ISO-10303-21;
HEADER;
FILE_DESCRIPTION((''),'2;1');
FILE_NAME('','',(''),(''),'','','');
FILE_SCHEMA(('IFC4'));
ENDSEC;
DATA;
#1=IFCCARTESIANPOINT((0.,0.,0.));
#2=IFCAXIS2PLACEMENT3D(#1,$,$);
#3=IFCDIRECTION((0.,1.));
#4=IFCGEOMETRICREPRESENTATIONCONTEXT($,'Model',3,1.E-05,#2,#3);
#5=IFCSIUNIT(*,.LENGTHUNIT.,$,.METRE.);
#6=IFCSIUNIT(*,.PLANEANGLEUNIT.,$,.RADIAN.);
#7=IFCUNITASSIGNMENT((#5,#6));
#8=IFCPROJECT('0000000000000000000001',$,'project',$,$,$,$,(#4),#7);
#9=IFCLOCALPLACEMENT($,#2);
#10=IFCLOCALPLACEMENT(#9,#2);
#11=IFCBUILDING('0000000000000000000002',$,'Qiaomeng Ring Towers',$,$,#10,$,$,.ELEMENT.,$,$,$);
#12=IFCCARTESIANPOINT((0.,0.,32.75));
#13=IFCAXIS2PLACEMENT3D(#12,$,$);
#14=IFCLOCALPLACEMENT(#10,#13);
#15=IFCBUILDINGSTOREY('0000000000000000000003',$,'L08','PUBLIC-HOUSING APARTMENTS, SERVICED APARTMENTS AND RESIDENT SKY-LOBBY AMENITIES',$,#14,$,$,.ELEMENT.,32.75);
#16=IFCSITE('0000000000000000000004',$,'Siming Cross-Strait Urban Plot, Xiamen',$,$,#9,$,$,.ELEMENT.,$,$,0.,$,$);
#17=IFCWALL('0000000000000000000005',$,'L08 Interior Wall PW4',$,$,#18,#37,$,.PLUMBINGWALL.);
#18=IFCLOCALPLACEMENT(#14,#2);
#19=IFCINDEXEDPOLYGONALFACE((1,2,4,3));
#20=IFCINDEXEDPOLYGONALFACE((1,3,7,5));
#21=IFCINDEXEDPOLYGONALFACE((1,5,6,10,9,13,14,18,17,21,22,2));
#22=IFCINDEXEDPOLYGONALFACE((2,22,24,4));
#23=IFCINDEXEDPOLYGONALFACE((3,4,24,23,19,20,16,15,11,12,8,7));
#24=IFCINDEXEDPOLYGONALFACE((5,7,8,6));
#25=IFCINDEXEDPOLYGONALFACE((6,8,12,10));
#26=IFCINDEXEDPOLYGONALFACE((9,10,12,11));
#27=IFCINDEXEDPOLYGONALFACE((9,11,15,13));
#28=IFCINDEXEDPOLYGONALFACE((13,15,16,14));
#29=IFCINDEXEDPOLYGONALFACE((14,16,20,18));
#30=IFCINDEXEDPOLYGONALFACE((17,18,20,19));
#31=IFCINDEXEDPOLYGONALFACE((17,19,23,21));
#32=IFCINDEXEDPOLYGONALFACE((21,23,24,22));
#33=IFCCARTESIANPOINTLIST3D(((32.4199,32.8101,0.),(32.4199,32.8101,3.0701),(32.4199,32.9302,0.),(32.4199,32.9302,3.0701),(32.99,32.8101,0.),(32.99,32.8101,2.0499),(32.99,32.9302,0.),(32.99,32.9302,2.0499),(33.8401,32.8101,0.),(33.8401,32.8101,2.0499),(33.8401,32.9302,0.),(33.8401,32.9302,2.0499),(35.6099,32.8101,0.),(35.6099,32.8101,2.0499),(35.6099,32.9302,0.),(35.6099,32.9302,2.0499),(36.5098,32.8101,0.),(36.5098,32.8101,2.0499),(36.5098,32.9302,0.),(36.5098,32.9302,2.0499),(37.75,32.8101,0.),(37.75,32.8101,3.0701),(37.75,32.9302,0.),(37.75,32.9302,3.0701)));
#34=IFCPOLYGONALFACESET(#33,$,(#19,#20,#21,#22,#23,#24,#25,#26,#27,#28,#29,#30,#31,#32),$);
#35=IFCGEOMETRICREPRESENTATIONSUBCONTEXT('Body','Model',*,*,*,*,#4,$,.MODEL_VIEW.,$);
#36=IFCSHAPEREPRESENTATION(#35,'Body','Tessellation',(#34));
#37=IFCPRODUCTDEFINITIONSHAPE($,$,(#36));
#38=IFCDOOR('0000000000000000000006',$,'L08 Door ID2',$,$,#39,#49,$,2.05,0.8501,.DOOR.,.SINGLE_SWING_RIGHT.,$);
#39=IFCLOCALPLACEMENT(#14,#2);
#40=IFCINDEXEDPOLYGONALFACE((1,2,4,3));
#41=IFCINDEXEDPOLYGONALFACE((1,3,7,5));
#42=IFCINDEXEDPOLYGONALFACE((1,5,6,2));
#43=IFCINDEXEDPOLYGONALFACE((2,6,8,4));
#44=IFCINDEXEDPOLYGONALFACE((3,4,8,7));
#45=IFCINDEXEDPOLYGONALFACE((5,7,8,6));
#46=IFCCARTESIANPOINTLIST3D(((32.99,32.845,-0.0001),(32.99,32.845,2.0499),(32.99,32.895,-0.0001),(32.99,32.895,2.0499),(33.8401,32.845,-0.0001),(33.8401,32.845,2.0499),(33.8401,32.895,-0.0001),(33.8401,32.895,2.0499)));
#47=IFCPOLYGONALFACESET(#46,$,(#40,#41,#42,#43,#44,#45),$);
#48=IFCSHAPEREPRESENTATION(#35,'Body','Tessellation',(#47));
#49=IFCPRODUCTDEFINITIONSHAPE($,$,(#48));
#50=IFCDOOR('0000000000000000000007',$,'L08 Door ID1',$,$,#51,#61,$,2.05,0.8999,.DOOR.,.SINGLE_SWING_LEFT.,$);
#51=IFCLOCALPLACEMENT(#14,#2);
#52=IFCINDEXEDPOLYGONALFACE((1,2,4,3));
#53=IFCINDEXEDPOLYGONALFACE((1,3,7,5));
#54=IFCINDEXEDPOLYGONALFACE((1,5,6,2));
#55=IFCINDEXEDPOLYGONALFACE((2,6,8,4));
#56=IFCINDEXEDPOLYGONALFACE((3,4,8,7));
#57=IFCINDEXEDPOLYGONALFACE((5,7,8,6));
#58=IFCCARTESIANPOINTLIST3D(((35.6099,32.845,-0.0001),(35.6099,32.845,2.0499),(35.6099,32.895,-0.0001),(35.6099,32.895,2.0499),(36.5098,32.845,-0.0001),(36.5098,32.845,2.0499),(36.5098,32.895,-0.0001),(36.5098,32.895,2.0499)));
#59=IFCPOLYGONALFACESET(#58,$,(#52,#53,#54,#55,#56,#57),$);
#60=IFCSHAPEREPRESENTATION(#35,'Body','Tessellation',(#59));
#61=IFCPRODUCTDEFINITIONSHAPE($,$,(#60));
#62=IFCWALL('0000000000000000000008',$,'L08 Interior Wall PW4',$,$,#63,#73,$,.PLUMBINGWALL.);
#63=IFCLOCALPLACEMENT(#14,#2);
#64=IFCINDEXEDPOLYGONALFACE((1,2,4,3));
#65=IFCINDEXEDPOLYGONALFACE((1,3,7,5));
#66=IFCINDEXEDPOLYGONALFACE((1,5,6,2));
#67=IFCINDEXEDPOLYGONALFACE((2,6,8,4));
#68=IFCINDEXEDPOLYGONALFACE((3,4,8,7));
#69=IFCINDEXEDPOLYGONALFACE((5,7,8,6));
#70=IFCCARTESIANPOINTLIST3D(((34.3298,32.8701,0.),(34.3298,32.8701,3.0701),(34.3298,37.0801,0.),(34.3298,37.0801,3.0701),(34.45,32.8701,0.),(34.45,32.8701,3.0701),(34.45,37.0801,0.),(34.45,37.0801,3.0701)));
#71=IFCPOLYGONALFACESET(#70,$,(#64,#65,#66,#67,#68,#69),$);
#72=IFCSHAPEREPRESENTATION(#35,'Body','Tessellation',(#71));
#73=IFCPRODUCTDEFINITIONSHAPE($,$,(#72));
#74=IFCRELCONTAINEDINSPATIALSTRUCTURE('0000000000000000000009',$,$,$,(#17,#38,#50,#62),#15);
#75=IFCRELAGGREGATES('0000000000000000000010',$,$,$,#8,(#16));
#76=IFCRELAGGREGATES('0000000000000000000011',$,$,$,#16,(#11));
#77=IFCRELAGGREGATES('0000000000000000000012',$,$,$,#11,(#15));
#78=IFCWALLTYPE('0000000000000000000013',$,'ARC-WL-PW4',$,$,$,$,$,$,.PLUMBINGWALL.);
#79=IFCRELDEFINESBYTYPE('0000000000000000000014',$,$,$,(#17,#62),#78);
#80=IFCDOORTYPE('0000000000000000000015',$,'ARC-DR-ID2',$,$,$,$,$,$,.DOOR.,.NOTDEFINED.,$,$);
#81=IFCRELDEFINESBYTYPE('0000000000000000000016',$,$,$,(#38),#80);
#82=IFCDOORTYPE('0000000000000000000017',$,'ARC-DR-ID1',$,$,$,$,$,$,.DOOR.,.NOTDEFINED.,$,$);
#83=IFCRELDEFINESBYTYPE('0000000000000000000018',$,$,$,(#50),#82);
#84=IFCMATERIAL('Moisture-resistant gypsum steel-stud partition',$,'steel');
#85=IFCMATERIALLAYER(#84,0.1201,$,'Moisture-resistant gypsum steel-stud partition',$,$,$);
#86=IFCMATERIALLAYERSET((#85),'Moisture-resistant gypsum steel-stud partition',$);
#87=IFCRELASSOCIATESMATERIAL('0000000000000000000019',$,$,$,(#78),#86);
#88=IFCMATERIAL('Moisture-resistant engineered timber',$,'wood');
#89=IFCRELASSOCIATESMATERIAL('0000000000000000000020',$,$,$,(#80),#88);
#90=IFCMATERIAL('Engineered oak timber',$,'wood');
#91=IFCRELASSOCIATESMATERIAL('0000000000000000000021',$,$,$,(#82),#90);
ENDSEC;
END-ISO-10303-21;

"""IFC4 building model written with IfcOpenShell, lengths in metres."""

from ifc_helpers import new_model, si_unit, direction, frame, frame_2d, origin, place, context, subcontext, project, spatial, rectangle, extrude, source, transform, mapped, material, layer, layer_set, type_object, element, fill, save


model = new_model("IFC4")

# Units and contexts
model_context = context("Model", 3, precision=1e-05, world=origin(), true_north=direction((0.0, 1.0)))
body_context = subcontext(model_context, "Body", "Model", "MODEL_VIEW")
ifc_project = project(units=[si_unit("LENGTHUNIT", "METRE"), si_unit("PLANEANGLEUNIT", "RADIAN")], contexts=[model_context])

# Site, building, storey
site_placement = place(None, origin())
site = spatial("IfcSite", under=ifc_project, at=site_placement, Name="Siming Cross-Strait Urban Plot, Xiamen", CompositionType="ELEMENT", RefElevation=0.0)
building_placement = place(site_placement, origin())
building = spatial("IfcBuilding", under=site, at=building_placement, Name="Qiaomeng Ring Towers", CompositionType="ELEMENT")
storey_placement = place(building_placement, frame((0.0, 0.0, 32.75)))
storey = spatial("IfcBuildingStorey", under=building, at=storey_placement, Name="L08", Description="PUBLIC-HOUSING APARTMENTS, SERVICED APARTMENTS AND RESIDENT SKY-LOBBY AMENITIES", CompositionType="ELEMENT", Elevation=32.75)

# Wall, openings, doors
ifc_material_1 = material(Name="Moisture-resistant gypsum steel-stud partition", Category="steel")
ifc_layer_1 = layer(ifc_material_1, 0.1201, Name="Moisture-resistant gypsum steel-stud partition")
ifc_layer_set_1 = layer_set([ifc_layer_1], Name="Moisture-resistant gypsum steel-stud partition")
wall_type_1 = type_object("IfcWallType", Name="ARC-WL-PW4", PredefinedType="PLUMBINGWALL", material=ifc_layer_set_1)
wall_1_placement = place(storey_placement, frame((32.4199, 32.8701, 0.0), z_axis=(0.0, 0.0, 1.0), x_axis=(1.0, 0.0, 0.0)))
wall_1 = element("IfcWall", 1, at=wall_1_placement, inside=storey, type_object=wall_type_1, Name="L08 Interior Wall PW4", PredefinedType="PLUMBINGWALL", context=body_context, shape_type="SweptSolid", body=[
    extrude(rectangle(XDim=5.3301, YDim=0.1201, at=frame_2d((2.665, 0.0))), origin(), (0.0, 0.0, 1.0), 3.0701),
])
opening_1_placement = place(wall_1_placement, frame((0.5701, 0.0, 0.0)))
opening_1 = element("IfcOpeningElement", 2, at=opening_1_placement, cuts=wall_1, PredefinedType="OPENING", context=body_context, shape_type="SweptSolid", body=[
    extrude(rectangle(XDim=0.8501, YDim=2.05, at=frame_2d((0.425, 1.0249))), frame((0.0, 0.0701, 0.0), z_axis=(0.0, -1.0, 0.0), x_axis=(1.0, 0.0, 0.0)), (0.0, 0.0, 1.0), 0.1401),
])
opening_2_placement = place(wall_1_placement, frame((3.1899, 0.0, 0.0)))
opening_2 = element("IfcOpeningElement", 3, at=opening_2_placement, cuts=wall_1, PredefinedType="OPENING", context=body_context, shape_type="SweptSolid", body=[
    extrude(rectangle(XDim=0.8999, YDim=2.05, at=frame_2d((0.45, 1.0249))), frame((0.0, 0.0701, 0.0), z_axis=(0.0, -1.0, 0.0), x_axis=(1.0, 0.0, 0.0)), (0.0, 0.0, 1.0), 0.1401),
])
ifc_material_2 = material(Name="Moisture-resistant engineered timber", Category="wood")
door_type_1 = type_object("IfcDoorType", Name="ARC-DR-ID2", OperationType="NOTDEFINED", PredefinedType="DOOR", material=ifc_material_2)
shared_shape_1 = source(origin(), body_context, "Body", "SweptSolid", [
    extrude(rectangle(XDim=0.8501, YDim=2.05, at=frame_2d((0.425, 1.0249))), frame((0.0, 0.0249, 0.0), z_axis=(0.0, -1.0, 0.0), x_axis=(1.0, 0.0, 0.0)), (0.0, 0.0, 1.0), 0.05),
])
door_1_placement = place(opening_1_placement, origin())
door_1 = element("IfcDoor", 4, at=door_1_placement, inside=storey, type_object=door_type_1, Name="L08 Door ID2", OperationType="SINGLE_SWING_RIGHT", OverallHeight=2.05, OverallWidth=0.8501, PredefinedType="DOOR", context=body_context, shape_type="MappedRepresentation", body=[
    mapped(shared_shape_1, transform((0.0, 0.0, 0.0), x_axis=(1.0, 0.0, 0.0), y_axis=(0.0, 1.0, 0.0), z_axis=(0.0, 0.0, 1.0), scale=1.0)),
])
fill(opening_1, door_1)
ifc_material_3 = material(Name="Engineered oak timber", Category="wood")
door_type_2 = type_object("IfcDoorType", Name="ARC-DR-ID1", OperationType="NOTDEFINED", PredefinedType="DOOR", material=ifc_material_3)
shared_shape_2 = source(origin(), body_context, "Body", "SweptSolid", [
    extrude(rectangle(XDim=0.8999, YDim=2.05, at=frame_2d((0.45, 1.0249))), frame((0.0, 0.0249, 0.0), z_axis=(0.0, -1.0, 0.0), x_axis=(1.0, 0.0, 0.0)), (0.0, 0.0, 1.0), 0.05),
])
door_2_placement = place(opening_2_placement, origin())
door_2 = element("IfcDoor", 5, at=door_2_placement, inside=storey, type_object=door_type_2, Name="L08 Door ID1", OperationType="SINGLE_SWING_LEFT", OverallHeight=2.05, OverallWidth=0.8999, PredefinedType="DOOR", context=body_context, shape_type="MappedRepresentation", body=[
    mapped(shared_shape_2, transform((0.0, 0.0, 0.0), x_axis=(1.0, 0.0, 0.0), y_axis=(0.0, 1.0, 0.0), z_axis=(0.0, 0.0, 1.0), scale=1.0)),
])
fill(opening_2, door_2)

# Wall
wall_2_placement = place(storey_placement, frame((34.3899, 32.8701, 0.0), z_axis=(0.0, 0.0, 1.0), x_axis=(0.0, 1.0, 0.0)))
element("IfcWall", 6, at=wall_2_placement, inside=storey, type_object=wall_type_1, Name="L08 Interior Wall PW4", PredefinedType="PLUMBINGWALL", context=body_context, shape_type="SweptSolid", body=[
    extrude(rectangle(XDim=4.21, YDim=0.1201, at=frame_2d((2.105, 0.0))), origin(), (0.0, 0.0, 1.0), 3.0701),
])

save(model, "model.ifc")
